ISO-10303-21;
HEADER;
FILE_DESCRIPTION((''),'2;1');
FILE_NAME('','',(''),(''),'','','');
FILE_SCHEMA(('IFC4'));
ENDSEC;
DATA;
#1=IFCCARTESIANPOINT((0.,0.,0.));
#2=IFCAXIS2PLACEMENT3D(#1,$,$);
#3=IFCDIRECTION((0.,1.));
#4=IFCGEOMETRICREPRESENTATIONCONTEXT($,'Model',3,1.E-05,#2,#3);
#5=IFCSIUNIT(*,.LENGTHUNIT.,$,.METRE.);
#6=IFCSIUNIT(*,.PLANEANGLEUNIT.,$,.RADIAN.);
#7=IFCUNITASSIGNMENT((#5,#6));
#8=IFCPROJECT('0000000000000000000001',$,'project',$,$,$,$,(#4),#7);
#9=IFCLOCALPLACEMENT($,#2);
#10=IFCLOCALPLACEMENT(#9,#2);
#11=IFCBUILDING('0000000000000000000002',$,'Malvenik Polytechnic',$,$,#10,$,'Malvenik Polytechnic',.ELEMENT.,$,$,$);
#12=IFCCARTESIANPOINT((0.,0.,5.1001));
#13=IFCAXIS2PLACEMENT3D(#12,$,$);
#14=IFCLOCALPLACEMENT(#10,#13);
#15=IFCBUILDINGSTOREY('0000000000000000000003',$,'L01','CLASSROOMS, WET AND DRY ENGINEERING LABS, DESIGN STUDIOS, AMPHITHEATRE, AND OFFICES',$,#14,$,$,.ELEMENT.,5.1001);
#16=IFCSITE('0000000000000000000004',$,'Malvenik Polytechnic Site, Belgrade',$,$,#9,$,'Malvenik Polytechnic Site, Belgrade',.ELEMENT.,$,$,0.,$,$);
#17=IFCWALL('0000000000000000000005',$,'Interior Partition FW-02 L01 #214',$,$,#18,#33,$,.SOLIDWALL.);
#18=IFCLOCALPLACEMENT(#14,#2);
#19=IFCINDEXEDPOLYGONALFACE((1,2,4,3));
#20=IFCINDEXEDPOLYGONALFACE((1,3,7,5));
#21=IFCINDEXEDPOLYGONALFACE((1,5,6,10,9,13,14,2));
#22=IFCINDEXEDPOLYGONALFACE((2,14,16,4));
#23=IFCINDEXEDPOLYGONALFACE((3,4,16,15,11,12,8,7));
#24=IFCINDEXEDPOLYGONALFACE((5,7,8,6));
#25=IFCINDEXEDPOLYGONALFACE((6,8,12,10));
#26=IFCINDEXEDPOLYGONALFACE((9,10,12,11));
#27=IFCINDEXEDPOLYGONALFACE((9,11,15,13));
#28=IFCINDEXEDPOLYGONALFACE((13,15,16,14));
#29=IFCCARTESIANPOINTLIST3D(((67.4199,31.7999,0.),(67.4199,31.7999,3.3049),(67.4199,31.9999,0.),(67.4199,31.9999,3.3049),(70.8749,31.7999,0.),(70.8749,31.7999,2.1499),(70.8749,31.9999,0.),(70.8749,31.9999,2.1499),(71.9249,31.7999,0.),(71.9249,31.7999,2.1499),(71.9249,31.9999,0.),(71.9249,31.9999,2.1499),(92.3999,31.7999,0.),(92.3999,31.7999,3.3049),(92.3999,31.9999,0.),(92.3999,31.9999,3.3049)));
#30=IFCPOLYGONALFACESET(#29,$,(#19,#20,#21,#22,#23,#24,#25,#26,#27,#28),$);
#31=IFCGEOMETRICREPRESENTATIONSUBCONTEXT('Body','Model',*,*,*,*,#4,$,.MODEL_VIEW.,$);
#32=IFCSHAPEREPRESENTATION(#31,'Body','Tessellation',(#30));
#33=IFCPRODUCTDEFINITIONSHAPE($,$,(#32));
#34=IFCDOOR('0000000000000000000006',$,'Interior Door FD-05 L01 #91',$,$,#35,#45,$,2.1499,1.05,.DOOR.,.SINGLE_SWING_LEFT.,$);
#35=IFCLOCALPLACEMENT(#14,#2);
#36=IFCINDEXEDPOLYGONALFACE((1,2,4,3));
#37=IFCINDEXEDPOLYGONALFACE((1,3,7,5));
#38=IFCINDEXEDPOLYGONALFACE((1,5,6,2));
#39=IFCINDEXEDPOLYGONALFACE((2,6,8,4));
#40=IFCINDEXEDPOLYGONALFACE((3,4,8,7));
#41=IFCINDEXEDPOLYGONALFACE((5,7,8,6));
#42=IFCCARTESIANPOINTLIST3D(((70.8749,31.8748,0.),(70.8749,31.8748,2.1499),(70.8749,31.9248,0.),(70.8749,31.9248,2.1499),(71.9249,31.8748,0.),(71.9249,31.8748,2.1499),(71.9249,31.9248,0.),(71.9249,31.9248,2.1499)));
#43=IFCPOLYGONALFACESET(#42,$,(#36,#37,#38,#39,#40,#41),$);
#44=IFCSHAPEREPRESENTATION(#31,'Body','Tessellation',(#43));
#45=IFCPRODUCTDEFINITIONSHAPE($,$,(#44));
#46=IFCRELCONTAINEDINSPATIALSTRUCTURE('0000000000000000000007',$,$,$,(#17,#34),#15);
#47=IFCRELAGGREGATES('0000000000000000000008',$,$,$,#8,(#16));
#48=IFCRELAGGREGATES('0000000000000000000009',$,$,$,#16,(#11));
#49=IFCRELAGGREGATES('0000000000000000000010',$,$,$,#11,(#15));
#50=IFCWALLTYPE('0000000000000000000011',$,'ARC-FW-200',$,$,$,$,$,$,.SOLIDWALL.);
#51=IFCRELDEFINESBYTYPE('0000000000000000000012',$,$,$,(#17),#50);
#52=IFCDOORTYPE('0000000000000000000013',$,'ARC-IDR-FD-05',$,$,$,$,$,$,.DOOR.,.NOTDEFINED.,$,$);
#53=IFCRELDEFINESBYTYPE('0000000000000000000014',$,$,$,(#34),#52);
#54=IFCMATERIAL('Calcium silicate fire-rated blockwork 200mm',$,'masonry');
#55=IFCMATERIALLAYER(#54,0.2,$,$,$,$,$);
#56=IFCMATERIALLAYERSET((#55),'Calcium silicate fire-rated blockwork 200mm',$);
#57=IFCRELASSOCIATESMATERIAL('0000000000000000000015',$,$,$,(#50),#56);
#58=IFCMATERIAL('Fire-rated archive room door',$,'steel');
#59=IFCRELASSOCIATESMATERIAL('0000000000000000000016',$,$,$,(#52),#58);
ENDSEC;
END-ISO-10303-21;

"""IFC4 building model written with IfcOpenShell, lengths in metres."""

from ifc_helpers import new_model, si_unit, direction, frame, frame_2d, origin, place, context, subcontext, project, spatial, rectangle, extrude, material, layer, layer_set, type_object, element, fill, save


model = new_model("IFC4")

# Units and contexts
model_context = context("Model", 3, precision=1e-05, world=origin(), true_north=direction((0.0, 1.0)))
body_context = subcontext(model_context, "Body", "Model", "MODEL_VIEW")
ifc_project = project(units=[si_unit("LENGTHUNIT", "METRE"), si_unit("PLANEANGLEUNIT", "RADIAN")], contexts=[model_context])

# Site, building, storey
site_placement = place(None, origin())
site = spatial("IfcSite", under=ifc_project, at=site_placement, Name="Malvenik Polytechnic Site, Belgrade", LongName="Malvenik Polytechnic Site, Belgrade", CompositionType="ELEMENT", RefElevation=0.0)
building_placement = place(site_placement, origin())
building = spatial("IfcBuilding", under=site, at=building_placement, Name="Malvenik Polytechnic", LongName="Malvenik Polytechnic", CompositionType="ELEMENT")
storey_placement = place(building_placement, frame((0.0, 0.0, 5.1001)))
storey = spatial("IfcBuildingStorey", under=building, at=storey_placement, Name="L01", Description="CLASSROOMS, WET AND DRY ENGINEERING LABS, DESIGN STUDIOS, AMPHITHEATRE, AND OFFICES", CompositionType="ELEMENT", Elevation=5.1001)

# Wall, opening, door
ifc_material_1 = material(Name="Calcium silicate fire-rated blockwork 200mm", Category="masonry")
ifc_layer_1 = layer(ifc_material_1, 0.2)
ifc_layer_set_1 = layer_set([ifc_layer_1], Name="Calcium silicate fire-rated blockwork 200mm")
wall_type_1 = type_object("IfcWallType", Name="ARC-FW-200", PredefinedType="SOLIDWALL", material=ifc_layer_set_1)
wall_1_placement = place(storey_placement, frame((67.4199, 31.8999, 0.0), z_axis=(0.0, 0.0, 1.0), x_axis=(1.0, 0.0, 0.0)))
wall_1 = element("IfcWall", 1, at=wall_1_placement, inside=storey, type_object=wall_type_1, Name="Interior Partition FW-02 L01 #214", PredefinedType="SOLIDWALL", context=body_context, shape_type="SweptSolid", body=[
    extrude(rectangle(XDim=24.98, YDim=0.2, at=frame_2d((12.49, 0.0))), origin(), (0.0, 0.0, 1.0), 3.3049),
])
opening_1_placement = place(wall_1_placement, frame((3.4551, 0.0, 0.0)))
opening_1 = element("IfcOpeningElement", 2, at=opening_1_placement, cuts=wall_1, PredefinedType="OPENING", context=body_context, shape_type="SweptSolid", body=[
    extrude(rectangle(XDim=1.05, YDim=2.1499, at=frame_2d((0.5249, 1.075))), frame((0.0, 0.1099, 0.0), z_axis=(0.0, -1.0, 0.0), x_axis=(1.0, 0.0, 0.0)), (0.0, 0.0, 1.0), 0.22),
])
ifc_material_2 = material(Name="Fire-rated archive room door", Category="steel")
door_type = type_object("IfcDoorType", Name="ARC-IDR-FD-05", OperationType="NOTDEFINED", PredefinedType="DOOR", material=ifc_material_2)
door_placement = place(opening_1_placement, origin())
door = element("IfcDoor", 3, at=door_placement, inside=storey, type_object=door_type, Name="Interior Door FD-05 L01 #91", OperationType="SINGLE_SWING_LEFT", OverallHeight=2.1499, OverallWidth=1.05, PredefinedType="DOOR", context=body_context, shape_type="SweptSolid", body=[
    extrude(rectangle(XDim=1.05, YDim=2.1499, at=frame_2d((0.5249, 1.075))), frame((0.0, 0.0249, 0.0), z_axis=(0.0, -1.0, 0.0), x_axis=(1.0, 0.0, 0.0)), (0.0, 0.0, 1.0), 0.05),
])
fill(opening_1, door)

save(model, "model.ifc")
